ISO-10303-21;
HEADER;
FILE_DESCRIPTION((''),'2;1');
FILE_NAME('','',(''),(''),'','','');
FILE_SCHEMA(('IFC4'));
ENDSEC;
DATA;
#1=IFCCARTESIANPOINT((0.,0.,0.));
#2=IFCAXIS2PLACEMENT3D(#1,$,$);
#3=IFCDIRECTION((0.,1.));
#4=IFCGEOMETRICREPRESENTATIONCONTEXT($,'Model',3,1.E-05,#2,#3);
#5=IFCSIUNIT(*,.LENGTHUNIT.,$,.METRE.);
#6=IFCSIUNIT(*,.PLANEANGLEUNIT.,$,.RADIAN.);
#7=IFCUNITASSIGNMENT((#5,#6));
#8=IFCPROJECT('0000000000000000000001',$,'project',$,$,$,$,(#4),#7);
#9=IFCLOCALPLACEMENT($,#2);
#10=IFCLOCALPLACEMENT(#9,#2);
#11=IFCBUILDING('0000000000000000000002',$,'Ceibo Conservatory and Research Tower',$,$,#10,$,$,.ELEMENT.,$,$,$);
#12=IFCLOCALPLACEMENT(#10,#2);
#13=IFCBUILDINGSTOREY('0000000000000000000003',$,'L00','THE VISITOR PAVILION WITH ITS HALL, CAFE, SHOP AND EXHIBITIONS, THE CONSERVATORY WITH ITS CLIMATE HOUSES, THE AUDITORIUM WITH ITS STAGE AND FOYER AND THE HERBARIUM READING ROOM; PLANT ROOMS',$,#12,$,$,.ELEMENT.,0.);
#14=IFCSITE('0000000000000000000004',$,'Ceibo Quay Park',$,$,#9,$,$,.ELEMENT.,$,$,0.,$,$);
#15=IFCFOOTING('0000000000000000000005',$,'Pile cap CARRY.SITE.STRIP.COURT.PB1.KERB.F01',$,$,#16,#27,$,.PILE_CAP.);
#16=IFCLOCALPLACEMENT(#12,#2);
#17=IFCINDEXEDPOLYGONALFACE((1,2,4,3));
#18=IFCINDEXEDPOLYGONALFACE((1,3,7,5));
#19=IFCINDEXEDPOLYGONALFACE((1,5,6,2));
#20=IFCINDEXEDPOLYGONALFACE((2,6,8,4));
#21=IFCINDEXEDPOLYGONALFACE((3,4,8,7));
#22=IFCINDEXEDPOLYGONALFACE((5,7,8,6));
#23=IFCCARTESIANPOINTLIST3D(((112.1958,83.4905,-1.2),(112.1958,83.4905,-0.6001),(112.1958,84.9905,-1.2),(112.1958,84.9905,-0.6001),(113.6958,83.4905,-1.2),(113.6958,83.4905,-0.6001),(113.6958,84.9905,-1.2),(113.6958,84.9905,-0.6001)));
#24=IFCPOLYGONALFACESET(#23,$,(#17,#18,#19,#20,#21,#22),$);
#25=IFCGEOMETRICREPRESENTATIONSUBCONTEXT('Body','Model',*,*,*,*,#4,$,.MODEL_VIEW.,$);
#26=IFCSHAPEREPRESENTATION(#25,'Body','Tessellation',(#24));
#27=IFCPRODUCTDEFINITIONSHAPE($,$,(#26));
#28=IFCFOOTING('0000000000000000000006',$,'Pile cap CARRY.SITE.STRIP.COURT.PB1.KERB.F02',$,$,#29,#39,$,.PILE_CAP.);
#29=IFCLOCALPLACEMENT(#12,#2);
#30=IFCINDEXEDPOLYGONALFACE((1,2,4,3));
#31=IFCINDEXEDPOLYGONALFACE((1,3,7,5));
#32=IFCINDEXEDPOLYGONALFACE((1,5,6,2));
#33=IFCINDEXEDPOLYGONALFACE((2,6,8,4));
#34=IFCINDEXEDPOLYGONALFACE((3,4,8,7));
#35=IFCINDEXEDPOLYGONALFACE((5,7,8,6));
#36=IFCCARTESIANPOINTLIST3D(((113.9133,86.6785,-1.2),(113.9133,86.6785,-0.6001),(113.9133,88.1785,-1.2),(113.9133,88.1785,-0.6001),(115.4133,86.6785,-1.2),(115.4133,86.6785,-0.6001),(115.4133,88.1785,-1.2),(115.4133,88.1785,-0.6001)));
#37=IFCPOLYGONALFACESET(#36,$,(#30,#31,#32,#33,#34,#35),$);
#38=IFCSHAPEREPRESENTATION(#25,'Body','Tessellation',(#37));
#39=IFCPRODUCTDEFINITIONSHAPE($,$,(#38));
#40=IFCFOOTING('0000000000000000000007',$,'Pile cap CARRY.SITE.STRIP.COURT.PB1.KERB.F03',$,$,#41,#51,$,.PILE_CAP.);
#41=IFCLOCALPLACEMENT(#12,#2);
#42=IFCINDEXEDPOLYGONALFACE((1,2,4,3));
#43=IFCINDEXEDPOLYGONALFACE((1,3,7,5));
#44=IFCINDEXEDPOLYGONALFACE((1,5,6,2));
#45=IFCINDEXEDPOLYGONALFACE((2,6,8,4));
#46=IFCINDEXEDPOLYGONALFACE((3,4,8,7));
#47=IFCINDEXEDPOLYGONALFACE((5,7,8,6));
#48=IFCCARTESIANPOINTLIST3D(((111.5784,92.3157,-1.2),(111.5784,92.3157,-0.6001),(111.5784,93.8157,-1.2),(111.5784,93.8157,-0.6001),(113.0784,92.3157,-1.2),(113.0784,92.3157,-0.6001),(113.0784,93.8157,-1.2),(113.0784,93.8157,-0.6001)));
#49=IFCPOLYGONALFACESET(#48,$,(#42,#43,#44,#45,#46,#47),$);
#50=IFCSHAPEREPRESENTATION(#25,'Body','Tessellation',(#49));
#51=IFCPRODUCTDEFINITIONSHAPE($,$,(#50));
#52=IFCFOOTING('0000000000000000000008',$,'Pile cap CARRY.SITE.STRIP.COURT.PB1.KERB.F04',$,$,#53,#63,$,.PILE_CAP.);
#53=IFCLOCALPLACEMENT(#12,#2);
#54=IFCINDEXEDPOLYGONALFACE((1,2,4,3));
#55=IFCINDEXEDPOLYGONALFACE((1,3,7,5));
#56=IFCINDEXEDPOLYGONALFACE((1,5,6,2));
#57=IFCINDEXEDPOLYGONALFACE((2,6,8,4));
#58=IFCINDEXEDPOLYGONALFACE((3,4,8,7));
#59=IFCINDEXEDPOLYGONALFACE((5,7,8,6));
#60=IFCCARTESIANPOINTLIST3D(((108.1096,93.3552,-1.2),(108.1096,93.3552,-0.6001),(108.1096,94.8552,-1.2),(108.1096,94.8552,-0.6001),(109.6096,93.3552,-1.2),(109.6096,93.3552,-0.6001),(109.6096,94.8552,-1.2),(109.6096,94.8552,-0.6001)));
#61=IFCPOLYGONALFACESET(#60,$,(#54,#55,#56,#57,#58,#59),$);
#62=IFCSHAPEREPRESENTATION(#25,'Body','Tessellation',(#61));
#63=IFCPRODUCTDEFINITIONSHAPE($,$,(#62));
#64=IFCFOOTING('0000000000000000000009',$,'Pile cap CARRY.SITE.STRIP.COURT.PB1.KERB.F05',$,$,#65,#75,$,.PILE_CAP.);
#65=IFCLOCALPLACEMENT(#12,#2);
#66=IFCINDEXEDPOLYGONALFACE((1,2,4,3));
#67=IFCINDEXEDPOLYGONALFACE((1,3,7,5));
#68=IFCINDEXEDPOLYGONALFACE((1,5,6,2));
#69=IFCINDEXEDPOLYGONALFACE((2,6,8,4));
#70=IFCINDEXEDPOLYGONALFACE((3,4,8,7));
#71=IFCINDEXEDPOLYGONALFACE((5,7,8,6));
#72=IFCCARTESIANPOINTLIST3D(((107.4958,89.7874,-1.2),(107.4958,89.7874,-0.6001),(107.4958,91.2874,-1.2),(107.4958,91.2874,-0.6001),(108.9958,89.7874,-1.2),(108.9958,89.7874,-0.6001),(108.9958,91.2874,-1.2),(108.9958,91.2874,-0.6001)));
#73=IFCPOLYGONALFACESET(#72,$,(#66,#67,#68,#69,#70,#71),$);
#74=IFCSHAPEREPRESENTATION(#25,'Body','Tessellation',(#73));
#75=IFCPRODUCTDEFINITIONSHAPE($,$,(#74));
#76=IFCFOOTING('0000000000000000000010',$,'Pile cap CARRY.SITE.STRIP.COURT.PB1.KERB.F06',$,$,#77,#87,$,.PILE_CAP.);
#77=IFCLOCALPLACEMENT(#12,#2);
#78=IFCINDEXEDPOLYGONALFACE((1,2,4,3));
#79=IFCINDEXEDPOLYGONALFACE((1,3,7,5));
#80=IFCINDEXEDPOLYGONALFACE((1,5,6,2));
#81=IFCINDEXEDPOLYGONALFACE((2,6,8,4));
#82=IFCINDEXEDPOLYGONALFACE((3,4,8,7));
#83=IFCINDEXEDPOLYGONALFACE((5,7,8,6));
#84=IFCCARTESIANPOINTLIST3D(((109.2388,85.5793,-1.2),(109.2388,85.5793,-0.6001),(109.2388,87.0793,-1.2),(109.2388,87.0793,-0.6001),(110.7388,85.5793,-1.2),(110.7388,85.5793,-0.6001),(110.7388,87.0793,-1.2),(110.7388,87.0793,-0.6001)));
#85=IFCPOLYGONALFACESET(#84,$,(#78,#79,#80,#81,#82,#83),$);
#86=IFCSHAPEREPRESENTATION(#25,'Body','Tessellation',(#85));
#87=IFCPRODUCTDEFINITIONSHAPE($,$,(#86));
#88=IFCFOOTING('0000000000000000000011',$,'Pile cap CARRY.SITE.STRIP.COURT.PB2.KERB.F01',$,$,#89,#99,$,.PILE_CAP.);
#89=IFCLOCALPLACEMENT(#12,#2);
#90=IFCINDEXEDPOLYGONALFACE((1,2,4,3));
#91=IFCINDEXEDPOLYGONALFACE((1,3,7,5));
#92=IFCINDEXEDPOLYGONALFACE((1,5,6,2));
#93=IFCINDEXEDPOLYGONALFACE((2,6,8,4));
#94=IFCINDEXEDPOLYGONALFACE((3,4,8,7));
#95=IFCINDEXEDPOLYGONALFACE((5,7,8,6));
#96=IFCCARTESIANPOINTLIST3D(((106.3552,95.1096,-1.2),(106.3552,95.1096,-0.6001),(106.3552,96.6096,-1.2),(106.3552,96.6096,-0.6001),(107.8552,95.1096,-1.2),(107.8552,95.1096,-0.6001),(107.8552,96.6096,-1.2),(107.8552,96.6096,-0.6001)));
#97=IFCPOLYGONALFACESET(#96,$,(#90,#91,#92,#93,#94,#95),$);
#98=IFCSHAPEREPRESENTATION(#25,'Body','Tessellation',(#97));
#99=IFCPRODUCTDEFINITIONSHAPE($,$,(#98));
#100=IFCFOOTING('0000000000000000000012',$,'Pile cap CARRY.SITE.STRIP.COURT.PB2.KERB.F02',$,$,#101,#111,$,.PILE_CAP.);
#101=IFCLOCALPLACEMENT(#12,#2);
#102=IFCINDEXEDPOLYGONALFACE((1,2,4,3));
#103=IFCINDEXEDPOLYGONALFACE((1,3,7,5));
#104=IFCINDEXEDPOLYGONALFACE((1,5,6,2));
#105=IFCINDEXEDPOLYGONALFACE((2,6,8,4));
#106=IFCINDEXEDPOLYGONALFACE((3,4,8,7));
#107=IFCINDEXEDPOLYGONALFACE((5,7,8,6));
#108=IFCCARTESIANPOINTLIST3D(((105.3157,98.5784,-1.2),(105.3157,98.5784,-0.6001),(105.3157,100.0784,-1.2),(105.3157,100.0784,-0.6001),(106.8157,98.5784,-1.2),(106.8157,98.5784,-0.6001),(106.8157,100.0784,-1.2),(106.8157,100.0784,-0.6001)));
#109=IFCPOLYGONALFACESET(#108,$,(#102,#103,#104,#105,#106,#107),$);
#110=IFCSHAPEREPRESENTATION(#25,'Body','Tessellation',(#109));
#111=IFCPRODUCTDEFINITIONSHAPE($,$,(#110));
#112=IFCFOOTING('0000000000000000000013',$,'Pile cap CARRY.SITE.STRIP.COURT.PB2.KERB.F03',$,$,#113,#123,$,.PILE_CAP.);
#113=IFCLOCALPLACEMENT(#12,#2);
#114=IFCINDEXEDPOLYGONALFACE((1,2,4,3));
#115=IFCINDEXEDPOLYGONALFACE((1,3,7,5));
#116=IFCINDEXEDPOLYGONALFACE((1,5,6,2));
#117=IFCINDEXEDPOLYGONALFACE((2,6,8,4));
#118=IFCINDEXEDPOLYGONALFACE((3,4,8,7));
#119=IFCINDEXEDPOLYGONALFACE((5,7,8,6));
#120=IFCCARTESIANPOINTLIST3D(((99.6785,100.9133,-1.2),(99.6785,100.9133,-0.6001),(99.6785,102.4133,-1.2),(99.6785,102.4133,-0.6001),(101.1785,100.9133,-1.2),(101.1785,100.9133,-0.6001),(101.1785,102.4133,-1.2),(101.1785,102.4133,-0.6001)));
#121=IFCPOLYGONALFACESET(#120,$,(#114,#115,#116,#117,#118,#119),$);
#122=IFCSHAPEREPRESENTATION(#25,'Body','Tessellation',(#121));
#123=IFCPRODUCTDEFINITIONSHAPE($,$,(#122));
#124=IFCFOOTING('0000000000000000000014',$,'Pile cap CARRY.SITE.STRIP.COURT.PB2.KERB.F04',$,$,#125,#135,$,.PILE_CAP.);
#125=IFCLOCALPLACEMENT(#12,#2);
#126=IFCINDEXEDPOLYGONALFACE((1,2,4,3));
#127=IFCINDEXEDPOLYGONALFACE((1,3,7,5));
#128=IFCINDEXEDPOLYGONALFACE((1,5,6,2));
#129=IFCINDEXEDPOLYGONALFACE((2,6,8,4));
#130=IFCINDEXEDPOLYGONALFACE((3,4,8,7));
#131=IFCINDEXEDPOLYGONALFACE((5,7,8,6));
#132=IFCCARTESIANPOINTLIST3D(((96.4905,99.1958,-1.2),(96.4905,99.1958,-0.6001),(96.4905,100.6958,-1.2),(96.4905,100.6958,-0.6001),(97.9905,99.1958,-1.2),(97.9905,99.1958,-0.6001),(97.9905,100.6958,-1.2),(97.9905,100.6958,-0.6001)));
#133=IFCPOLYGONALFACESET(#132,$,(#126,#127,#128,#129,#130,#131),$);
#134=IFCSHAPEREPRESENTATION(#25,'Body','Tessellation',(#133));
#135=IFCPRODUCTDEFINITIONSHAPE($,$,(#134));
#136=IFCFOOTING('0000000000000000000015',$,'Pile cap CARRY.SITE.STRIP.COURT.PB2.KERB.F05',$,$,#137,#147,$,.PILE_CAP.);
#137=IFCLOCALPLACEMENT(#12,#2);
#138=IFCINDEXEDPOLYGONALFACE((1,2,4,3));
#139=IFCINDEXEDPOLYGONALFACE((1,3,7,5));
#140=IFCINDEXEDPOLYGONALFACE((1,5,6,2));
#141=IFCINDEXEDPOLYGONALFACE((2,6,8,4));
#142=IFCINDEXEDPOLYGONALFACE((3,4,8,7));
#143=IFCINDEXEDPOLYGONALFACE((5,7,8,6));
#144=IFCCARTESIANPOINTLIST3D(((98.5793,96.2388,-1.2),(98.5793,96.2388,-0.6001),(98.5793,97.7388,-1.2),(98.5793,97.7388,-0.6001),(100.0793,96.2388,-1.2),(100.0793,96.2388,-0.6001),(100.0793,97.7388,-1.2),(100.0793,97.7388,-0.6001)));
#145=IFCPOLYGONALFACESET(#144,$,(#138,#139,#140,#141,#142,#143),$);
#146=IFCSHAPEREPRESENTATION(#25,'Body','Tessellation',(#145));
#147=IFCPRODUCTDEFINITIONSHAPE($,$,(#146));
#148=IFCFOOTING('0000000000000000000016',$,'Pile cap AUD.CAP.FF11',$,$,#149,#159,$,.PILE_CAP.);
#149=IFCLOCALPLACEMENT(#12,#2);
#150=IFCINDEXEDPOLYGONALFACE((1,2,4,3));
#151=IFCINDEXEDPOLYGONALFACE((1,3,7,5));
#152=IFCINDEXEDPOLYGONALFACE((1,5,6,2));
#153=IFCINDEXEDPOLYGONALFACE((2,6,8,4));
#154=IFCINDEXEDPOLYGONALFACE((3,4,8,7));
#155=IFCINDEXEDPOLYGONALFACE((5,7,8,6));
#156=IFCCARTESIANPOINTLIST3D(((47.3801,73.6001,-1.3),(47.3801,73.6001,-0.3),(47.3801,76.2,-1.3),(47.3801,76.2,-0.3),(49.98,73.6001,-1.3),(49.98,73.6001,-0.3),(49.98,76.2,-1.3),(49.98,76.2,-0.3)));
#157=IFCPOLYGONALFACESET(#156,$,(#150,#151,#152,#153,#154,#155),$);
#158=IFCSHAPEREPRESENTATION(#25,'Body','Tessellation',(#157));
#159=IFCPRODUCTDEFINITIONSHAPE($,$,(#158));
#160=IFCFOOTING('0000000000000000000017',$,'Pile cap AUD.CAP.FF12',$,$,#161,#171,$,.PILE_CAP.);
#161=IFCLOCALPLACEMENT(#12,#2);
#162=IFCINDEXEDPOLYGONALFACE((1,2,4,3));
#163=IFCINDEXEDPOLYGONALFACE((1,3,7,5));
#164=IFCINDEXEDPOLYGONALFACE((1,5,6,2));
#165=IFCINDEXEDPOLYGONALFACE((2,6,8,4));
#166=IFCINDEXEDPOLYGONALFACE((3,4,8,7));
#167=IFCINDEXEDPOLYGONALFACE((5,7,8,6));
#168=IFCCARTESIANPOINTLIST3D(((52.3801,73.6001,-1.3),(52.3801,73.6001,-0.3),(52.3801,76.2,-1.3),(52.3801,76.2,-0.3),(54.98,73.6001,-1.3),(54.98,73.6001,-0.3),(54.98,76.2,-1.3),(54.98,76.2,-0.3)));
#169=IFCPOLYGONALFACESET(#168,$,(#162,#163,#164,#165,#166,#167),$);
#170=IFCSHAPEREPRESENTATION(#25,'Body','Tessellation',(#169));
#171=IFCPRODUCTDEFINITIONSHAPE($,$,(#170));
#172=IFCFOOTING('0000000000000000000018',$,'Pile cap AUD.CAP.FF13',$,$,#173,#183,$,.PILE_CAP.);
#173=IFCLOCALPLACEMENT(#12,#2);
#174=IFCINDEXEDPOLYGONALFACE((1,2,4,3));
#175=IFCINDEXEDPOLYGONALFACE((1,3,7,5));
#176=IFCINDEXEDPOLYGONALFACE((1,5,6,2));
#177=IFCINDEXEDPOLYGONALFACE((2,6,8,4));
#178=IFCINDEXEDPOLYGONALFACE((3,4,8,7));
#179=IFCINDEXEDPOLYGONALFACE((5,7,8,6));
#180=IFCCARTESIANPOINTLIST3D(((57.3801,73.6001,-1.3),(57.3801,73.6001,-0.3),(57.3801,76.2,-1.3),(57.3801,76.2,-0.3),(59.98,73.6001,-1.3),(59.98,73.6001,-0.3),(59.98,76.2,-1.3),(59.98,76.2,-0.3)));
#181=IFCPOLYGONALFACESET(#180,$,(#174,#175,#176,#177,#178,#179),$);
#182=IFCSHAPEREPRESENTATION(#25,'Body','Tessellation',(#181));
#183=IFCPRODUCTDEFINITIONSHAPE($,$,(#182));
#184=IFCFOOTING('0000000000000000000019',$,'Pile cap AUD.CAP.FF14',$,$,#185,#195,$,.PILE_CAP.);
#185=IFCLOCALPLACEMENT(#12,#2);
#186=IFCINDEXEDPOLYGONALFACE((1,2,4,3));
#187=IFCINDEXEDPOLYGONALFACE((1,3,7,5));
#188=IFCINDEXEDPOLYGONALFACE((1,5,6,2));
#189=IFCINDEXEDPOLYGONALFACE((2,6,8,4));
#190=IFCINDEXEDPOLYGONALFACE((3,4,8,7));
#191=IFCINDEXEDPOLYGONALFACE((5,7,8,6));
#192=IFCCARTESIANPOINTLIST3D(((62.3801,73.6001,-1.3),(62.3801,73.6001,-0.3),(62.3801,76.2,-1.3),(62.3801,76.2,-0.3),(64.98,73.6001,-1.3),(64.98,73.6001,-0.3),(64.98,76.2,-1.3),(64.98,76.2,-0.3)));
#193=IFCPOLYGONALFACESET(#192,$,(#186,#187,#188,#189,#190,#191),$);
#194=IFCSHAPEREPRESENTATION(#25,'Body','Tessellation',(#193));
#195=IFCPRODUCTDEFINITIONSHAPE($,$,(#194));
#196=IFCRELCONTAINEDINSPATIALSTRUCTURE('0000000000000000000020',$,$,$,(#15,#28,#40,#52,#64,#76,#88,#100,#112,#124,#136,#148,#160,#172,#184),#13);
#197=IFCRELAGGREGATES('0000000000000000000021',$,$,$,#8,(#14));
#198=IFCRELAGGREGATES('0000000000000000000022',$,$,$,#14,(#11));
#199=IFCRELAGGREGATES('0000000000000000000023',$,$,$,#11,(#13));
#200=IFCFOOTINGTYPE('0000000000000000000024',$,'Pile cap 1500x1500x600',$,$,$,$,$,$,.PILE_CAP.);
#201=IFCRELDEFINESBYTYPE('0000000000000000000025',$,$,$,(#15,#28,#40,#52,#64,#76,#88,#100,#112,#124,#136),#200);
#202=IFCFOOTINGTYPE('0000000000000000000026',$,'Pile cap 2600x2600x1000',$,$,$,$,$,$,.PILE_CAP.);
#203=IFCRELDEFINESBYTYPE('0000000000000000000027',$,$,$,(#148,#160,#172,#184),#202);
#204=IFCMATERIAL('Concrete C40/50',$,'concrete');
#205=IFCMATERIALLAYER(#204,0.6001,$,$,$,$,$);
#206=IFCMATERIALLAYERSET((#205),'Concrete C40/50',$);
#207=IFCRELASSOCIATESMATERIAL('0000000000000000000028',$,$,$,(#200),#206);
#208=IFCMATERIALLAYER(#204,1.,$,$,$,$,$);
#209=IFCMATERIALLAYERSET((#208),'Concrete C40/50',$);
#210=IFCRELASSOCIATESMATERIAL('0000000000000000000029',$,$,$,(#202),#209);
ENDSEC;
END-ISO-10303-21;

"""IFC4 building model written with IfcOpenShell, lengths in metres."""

from ifc_helpers import new_model, si_unit, direction, frame, origin, place, context, subcontext, project, spatial, polyline, outline, extrude, material, layer, layer_set, type_object, element, save


model = new_model("IFC4")

# Units and contexts
model_context = context("Model", 3, precision=1e-05, world=origin(), true_north=direction((0.0, 1.0)))
body_context = subcontext(model_context, "Body", "Model", "MODEL_VIEW")
ifc_project = project(units=[si_unit("LENGTHUNIT", "METRE"), si_unit("PLANEANGLEUNIT", "RADIAN")], contexts=[model_context])

# Site, building, storey
site_placement = place(None, origin())
site = spatial("IfcSite", under=ifc_project, at=site_placement, Name="Ceibo Quay Park", CompositionType="ELEMENT", RefElevation=0.0)
building_placement = place(site_placement, origin())
building = spatial("IfcBuilding", under=site, at=building_placement, Name="Ceibo Conservatory and Research Tower", CompositionType="ELEMENT")
storey_placement = place(building_placement, origin())
storey = spatial("IfcBuildingStorey", under=building, at=storey_placement, Name="L00", Description="THE VISITOR PAVILION WITH ITS HALL, CAFE, SHOP AND EXHIBITIONS, THE CONSERVATORY WITH ITS CLIMATE HOUSES, THE AUDITORIUM WITH ITS STAGE AND FOYER AND THE HERBARIUM READING ROOM; PLANT ROOMS", CompositionType="ELEMENT", Elevation=0.0)

# Footings
ifc_material = material(Name="Concrete C40/50", Category="concrete")
ifc_layer_1 = layer(ifc_material, 0.6001)
ifc_layer_set_1 = layer_set([ifc_layer_1], Name="Concrete C40/50")
footing_type_1 = type_object("IfcFootingType", Name="Pile cap 1500x1500x600", PredefinedType="PILE_CAP", material=ifc_layer_set_1)
footing_1_placement = place(storey_placement, frame((0.0, 0.0, -1.2)))
element("IfcFooting", 1, at=footing_1_placement, inside=storey, type_object=footing_type_1, Name="Pile cap CARRY.SITE.STRIP.COURT.PB1.KERB.F01", PredefinedType="PILE_CAP", context=body_context, shape_type="SweptSolid", body=[
    extrude(outline(polyline([(113.6958, 83.4905), (113.6958, 84.9905), (112.1958, 84.9905), (112.1958, 83.4905), (113.6958, 83.4905)])), origin(), (0.0, 0.0, 1.0), 0.5999),
])
footing_2_placement = place(storey_placement, frame((0.0, 0.0, -1.2)))
element("IfcFooting", 2, at=footing_2_placement, inside=storey, type_object=footing_type_1, Name="Pile cap CARRY.SITE.STRIP.COURT.PB1.KERB.F02", PredefinedType="PILE_CAP", context=body_context, shape_type="SweptSolid", body=[
    extrude(outline(polyline([(115.4133, 86.6785), (115.4133, 88.1785), (113.9133, 88.1785), (113.9133, 86.6785), (115.4133, 86.6785)])), origin(), (0.0, 0.0, 1.0), 0.5999),
])
footing_3_placement = place(storey_placement, frame((0.0, 0.0, -1.2)))
element("IfcFooting", 3, at=footing_3_placement, inside=storey, type_object=footing_type_1, Name="Pile cap CARRY.SITE.STRIP.COURT.PB1.KERB.F03", PredefinedType="PILE_CAP", context=body_context, shape_type="SweptSolid", body=[
    extrude(outline(polyline([(113.0784, 92.3157), (113.0784, 93.8157), (111.5784, 93.8157), (111.5784, 92.3157), (113.0784, 92.3157)])), origin(), (0.0, 0.0, 1.0), 0.5999),
])
footing_4_placement = place(storey_placement, frame((0.0, 0.0, -1.2)))
element("IfcFooting", 4, at=footing_4_placement, inside=storey, type_object=footing_type_1, Name="Pile cap CARRY.SITE.STRIP.COURT.PB1.KERB.F04", PredefinedType="PILE_CAP", context=body_context, shape_type="SweptSolid", body=[
    extrude(outline(polyline([(109.6096, 93.3552), (109.6096, 94.8552), (108.1096, 94.8552), (108.1096, 93.3552), (109.6096, 93.3552)])), origin(), (0.0, 0.0, 1.0), 0.5999),
])
footing_5_placement = place(storey_placement, frame((0.0, 0.0, -1.2)))
element("IfcFooting", 5, at=footing_5_placement, inside=storey, type_object=footing_type_1, Name="Pile cap CARRY.SITE.STRIP.COURT.PB1.KERB.F05", PredefinedType="PILE_CAP", context=body_context, shape_type="SweptSolid", body=[
    extrude(outline(polyline([(108.9958, 89.7874), (108.9958, 91.2874), (107.4958, 91.2874), (107.4958, 89.7874), (108.9958, 89.7874)])), origin(), (0.0, 0.0, 1.0), 0.5999),
])
footing_6_placement = place(storey_placement, frame((0.0, 0.0, -1.2)))
element("IfcFooting", 6, at=footing_6_placement, inside=storey, type_object=footing_type_1, Name="Pile cap CARRY.SITE.STRIP.COURT.PB1.KERB.F06", PredefinedType="PILE_CAP", context=body_context, shape_type="SweptSolid", body=[
    extrude(outline(polyline([(110.7388, 85.5793), (110.7388, 87.0793), (109.2388, 87.0793), (109.2388, 85.5793), (110.7388, 85.5793)])), origin(), (0.0, 0.0, 1.0), 0.5999),
])
footing_7_placement = place(storey_placement, frame((0.0, 0.0, -1.2)))
element("IfcFooting", 7, at=footing_7_placement, inside=storey, type_object=footing_type_1, Name="Pile cap CARRY.SITE.STRIP.COURT.PB2.KERB.F01", PredefinedType="PILE_CAP", context=body_context, shape_type="SweptSolid", body=[
    extrude(outline(polyline([(107.8552, 95.1096), (107.8552, 96.6096), (106.3552, 96.6096), (106.3552, 95.1096), (107.8552, 95.1096)])), origin(), (0.0, 0.0, 1.0), 0.5999),
])
footing_8_placement = place(storey_placement, frame((0.0, 0.0, -1.2)))
element("IfcFooting", 8, at=footing_8_placement, inside=storey, type_object=footing_type_1, Name="Pile cap CARRY.SITE.STRIP.COURT.PB2.KERB.F02", PredefinedType="PILE_CAP", context=body_context, shape_type="SweptSolid", body=[
    extrude(outline(polyline([(106.8157, 98.5784), (106.8157, 100.0784), (105.3157, 100.0784), (105.3157, 98.5784), (106.8157, 98.5784)])), origin(), (0.0, 0.0, 1.0), 0.5999),
])
footing_9_placement = place(storey_placement, frame((0.0, 0.0, -1.2)))
element("IfcFooting", 9, at=footing_9_placement, inside=storey, type_object=footing_type_1, Name="Pile cap CARRY.SITE.STRIP.COURT.PB2.KERB.F03", PredefinedType="PILE_CAP", context=body_context, shape_type="SweptSolid", body=[
    extrude(outline(polyline([(101.1785, 100.9133), (101.1785, 102.4133), (99.6785, 102.4133), (99.6785, 100.9133), (101.1785, 100.9133)])), origin(), (0.0, 0.0, 1.0), 0.5999),
])
footing_10_placement = place(storey_placement, frame((0.0, 0.0, -1.2)))
element("IfcFooting", 10, at=footing_10_placement, inside=storey, type_object=footing_type_1, Name="Pile cap CARRY.SITE.STRIP.COURT.PB2.KERB.F04", PredefinedType="PILE_CAP", context=body_context, shape_type="SweptSolid", body=[
    extrude(outline(polyline([(97.9905, 99.1958), (97.9905, 100.6958), (96.4905, 100.6958), (96.4905, 99.1958), (97.9905, 99.1958)])), origin(), (0.0, 0.0, 1.0), 0.5999),
])
footing_11_placement = place(storey_placement, frame((0.0, 0.0, -1.2)))
element("IfcFooting", 11, at=footing_11_placement, inside=storey, type_object=footing_type_1, Name="Pile cap CARRY.SITE.STRIP.COURT.PB2.KERB.F05", PredefinedType="PILE_CAP", context=body_context, shape_type="SweptSolid", body=[
    extrude(outline(polyline([(100.0793, 96.2388), (100.0793, 97.7388), (98.5793, 97.7388), (98.5793, 96.2388), (100.0793, 96.2388)])), origin(), (0.0, 0.0, 1.0), 0.5999),
])
ifc_layer_2 = layer(ifc_material, 1.0)
ifc_layer_set_2 = layer_set([ifc_layer_2], Name="Concrete C40/50")
footing_type_2 = type_object("IfcFootingType", Name="Pile cap 2600x2600x1000", PredefinedType="PILE_CAP", material=ifc_layer_set_2)
footing_12_placement = place(storey_placement, frame((0.0, 0.0, -1.3)))
element("IfcFooting", 12, at=footing_12_placement, inside=storey, type_object=footing_type_2, Name="Pile cap AUD.CAP.FF11", PredefinedType="PILE_CAP", context=body_context, shape_type="SweptSolid", body=[
    extrude(outline(polyline([(47.3801, 73.6001), (49.98, 73.6001), (49.98, 76.2), (47.3801, 76.2), (47.3801, 73.6001)])), origin(), (0.0, 0.0, 1.0), 1.0),
])
footing_13_placement = place(storey_placement, frame((0.0, 0.0, -1.3)))
element("IfcFooting", 13, at=footing_13_placement, inside=storey, type_object=footing_type_2, Name="Pile cap AUD.CAP.FF12", PredefinedType="PILE_CAP", context=body_context, shape_type="SweptSolid", body=[
    extrude(outline(polyline([(52.3801, 73.6001), (54.98, 73.6001), (54.98, 76.2), (52.3801, 76.2), (52.3801, 73.6001)])), origin(), (0.0, 0.0, 1.0), 1.0),
])
footing_14_placement = place(storey_placement, frame((0.0, 0.0, -1.3)))
element("IfcFooting", 14, at=footing_14_placement, inside=storey, type_object=footing_type_2, Name="Pile cap AUD.CAP.FF13", PredefinedType="PILE_CAP", context=body_context, shape_type="SweptSolid", body=[
    extrude(outline(polyline([(57.3801, 73.6001), (59.98, 73.6001), (59.98, 76.2), (57.3801, 76.2), (57.3801, 73.6001)])), origin(), (0.0, 0.0, 1.0), 1.0),
])
footing_15_placement = place(storey_placement, frame((0.0, 0.0, -1.3)))
element("IfcFooting", 15, at=footing_15_placement, inside=storey, type_object=footing_type_2, Name="Pile cap AUD.CAP.FF14", PredefinedType="PILE_CAP", context=body_context, shape_type="SweptSolid", body=[
    extrude(outline(polyline([(62.3801, 73.6001), (64.98, 73.6001), (64.98, 76.2), (62.3801, 76.2), (62.3801, 73.6001)])), origin(), (0.0, 0.0, 1.0), 1.0),
])

save(model, "model.ifc")
